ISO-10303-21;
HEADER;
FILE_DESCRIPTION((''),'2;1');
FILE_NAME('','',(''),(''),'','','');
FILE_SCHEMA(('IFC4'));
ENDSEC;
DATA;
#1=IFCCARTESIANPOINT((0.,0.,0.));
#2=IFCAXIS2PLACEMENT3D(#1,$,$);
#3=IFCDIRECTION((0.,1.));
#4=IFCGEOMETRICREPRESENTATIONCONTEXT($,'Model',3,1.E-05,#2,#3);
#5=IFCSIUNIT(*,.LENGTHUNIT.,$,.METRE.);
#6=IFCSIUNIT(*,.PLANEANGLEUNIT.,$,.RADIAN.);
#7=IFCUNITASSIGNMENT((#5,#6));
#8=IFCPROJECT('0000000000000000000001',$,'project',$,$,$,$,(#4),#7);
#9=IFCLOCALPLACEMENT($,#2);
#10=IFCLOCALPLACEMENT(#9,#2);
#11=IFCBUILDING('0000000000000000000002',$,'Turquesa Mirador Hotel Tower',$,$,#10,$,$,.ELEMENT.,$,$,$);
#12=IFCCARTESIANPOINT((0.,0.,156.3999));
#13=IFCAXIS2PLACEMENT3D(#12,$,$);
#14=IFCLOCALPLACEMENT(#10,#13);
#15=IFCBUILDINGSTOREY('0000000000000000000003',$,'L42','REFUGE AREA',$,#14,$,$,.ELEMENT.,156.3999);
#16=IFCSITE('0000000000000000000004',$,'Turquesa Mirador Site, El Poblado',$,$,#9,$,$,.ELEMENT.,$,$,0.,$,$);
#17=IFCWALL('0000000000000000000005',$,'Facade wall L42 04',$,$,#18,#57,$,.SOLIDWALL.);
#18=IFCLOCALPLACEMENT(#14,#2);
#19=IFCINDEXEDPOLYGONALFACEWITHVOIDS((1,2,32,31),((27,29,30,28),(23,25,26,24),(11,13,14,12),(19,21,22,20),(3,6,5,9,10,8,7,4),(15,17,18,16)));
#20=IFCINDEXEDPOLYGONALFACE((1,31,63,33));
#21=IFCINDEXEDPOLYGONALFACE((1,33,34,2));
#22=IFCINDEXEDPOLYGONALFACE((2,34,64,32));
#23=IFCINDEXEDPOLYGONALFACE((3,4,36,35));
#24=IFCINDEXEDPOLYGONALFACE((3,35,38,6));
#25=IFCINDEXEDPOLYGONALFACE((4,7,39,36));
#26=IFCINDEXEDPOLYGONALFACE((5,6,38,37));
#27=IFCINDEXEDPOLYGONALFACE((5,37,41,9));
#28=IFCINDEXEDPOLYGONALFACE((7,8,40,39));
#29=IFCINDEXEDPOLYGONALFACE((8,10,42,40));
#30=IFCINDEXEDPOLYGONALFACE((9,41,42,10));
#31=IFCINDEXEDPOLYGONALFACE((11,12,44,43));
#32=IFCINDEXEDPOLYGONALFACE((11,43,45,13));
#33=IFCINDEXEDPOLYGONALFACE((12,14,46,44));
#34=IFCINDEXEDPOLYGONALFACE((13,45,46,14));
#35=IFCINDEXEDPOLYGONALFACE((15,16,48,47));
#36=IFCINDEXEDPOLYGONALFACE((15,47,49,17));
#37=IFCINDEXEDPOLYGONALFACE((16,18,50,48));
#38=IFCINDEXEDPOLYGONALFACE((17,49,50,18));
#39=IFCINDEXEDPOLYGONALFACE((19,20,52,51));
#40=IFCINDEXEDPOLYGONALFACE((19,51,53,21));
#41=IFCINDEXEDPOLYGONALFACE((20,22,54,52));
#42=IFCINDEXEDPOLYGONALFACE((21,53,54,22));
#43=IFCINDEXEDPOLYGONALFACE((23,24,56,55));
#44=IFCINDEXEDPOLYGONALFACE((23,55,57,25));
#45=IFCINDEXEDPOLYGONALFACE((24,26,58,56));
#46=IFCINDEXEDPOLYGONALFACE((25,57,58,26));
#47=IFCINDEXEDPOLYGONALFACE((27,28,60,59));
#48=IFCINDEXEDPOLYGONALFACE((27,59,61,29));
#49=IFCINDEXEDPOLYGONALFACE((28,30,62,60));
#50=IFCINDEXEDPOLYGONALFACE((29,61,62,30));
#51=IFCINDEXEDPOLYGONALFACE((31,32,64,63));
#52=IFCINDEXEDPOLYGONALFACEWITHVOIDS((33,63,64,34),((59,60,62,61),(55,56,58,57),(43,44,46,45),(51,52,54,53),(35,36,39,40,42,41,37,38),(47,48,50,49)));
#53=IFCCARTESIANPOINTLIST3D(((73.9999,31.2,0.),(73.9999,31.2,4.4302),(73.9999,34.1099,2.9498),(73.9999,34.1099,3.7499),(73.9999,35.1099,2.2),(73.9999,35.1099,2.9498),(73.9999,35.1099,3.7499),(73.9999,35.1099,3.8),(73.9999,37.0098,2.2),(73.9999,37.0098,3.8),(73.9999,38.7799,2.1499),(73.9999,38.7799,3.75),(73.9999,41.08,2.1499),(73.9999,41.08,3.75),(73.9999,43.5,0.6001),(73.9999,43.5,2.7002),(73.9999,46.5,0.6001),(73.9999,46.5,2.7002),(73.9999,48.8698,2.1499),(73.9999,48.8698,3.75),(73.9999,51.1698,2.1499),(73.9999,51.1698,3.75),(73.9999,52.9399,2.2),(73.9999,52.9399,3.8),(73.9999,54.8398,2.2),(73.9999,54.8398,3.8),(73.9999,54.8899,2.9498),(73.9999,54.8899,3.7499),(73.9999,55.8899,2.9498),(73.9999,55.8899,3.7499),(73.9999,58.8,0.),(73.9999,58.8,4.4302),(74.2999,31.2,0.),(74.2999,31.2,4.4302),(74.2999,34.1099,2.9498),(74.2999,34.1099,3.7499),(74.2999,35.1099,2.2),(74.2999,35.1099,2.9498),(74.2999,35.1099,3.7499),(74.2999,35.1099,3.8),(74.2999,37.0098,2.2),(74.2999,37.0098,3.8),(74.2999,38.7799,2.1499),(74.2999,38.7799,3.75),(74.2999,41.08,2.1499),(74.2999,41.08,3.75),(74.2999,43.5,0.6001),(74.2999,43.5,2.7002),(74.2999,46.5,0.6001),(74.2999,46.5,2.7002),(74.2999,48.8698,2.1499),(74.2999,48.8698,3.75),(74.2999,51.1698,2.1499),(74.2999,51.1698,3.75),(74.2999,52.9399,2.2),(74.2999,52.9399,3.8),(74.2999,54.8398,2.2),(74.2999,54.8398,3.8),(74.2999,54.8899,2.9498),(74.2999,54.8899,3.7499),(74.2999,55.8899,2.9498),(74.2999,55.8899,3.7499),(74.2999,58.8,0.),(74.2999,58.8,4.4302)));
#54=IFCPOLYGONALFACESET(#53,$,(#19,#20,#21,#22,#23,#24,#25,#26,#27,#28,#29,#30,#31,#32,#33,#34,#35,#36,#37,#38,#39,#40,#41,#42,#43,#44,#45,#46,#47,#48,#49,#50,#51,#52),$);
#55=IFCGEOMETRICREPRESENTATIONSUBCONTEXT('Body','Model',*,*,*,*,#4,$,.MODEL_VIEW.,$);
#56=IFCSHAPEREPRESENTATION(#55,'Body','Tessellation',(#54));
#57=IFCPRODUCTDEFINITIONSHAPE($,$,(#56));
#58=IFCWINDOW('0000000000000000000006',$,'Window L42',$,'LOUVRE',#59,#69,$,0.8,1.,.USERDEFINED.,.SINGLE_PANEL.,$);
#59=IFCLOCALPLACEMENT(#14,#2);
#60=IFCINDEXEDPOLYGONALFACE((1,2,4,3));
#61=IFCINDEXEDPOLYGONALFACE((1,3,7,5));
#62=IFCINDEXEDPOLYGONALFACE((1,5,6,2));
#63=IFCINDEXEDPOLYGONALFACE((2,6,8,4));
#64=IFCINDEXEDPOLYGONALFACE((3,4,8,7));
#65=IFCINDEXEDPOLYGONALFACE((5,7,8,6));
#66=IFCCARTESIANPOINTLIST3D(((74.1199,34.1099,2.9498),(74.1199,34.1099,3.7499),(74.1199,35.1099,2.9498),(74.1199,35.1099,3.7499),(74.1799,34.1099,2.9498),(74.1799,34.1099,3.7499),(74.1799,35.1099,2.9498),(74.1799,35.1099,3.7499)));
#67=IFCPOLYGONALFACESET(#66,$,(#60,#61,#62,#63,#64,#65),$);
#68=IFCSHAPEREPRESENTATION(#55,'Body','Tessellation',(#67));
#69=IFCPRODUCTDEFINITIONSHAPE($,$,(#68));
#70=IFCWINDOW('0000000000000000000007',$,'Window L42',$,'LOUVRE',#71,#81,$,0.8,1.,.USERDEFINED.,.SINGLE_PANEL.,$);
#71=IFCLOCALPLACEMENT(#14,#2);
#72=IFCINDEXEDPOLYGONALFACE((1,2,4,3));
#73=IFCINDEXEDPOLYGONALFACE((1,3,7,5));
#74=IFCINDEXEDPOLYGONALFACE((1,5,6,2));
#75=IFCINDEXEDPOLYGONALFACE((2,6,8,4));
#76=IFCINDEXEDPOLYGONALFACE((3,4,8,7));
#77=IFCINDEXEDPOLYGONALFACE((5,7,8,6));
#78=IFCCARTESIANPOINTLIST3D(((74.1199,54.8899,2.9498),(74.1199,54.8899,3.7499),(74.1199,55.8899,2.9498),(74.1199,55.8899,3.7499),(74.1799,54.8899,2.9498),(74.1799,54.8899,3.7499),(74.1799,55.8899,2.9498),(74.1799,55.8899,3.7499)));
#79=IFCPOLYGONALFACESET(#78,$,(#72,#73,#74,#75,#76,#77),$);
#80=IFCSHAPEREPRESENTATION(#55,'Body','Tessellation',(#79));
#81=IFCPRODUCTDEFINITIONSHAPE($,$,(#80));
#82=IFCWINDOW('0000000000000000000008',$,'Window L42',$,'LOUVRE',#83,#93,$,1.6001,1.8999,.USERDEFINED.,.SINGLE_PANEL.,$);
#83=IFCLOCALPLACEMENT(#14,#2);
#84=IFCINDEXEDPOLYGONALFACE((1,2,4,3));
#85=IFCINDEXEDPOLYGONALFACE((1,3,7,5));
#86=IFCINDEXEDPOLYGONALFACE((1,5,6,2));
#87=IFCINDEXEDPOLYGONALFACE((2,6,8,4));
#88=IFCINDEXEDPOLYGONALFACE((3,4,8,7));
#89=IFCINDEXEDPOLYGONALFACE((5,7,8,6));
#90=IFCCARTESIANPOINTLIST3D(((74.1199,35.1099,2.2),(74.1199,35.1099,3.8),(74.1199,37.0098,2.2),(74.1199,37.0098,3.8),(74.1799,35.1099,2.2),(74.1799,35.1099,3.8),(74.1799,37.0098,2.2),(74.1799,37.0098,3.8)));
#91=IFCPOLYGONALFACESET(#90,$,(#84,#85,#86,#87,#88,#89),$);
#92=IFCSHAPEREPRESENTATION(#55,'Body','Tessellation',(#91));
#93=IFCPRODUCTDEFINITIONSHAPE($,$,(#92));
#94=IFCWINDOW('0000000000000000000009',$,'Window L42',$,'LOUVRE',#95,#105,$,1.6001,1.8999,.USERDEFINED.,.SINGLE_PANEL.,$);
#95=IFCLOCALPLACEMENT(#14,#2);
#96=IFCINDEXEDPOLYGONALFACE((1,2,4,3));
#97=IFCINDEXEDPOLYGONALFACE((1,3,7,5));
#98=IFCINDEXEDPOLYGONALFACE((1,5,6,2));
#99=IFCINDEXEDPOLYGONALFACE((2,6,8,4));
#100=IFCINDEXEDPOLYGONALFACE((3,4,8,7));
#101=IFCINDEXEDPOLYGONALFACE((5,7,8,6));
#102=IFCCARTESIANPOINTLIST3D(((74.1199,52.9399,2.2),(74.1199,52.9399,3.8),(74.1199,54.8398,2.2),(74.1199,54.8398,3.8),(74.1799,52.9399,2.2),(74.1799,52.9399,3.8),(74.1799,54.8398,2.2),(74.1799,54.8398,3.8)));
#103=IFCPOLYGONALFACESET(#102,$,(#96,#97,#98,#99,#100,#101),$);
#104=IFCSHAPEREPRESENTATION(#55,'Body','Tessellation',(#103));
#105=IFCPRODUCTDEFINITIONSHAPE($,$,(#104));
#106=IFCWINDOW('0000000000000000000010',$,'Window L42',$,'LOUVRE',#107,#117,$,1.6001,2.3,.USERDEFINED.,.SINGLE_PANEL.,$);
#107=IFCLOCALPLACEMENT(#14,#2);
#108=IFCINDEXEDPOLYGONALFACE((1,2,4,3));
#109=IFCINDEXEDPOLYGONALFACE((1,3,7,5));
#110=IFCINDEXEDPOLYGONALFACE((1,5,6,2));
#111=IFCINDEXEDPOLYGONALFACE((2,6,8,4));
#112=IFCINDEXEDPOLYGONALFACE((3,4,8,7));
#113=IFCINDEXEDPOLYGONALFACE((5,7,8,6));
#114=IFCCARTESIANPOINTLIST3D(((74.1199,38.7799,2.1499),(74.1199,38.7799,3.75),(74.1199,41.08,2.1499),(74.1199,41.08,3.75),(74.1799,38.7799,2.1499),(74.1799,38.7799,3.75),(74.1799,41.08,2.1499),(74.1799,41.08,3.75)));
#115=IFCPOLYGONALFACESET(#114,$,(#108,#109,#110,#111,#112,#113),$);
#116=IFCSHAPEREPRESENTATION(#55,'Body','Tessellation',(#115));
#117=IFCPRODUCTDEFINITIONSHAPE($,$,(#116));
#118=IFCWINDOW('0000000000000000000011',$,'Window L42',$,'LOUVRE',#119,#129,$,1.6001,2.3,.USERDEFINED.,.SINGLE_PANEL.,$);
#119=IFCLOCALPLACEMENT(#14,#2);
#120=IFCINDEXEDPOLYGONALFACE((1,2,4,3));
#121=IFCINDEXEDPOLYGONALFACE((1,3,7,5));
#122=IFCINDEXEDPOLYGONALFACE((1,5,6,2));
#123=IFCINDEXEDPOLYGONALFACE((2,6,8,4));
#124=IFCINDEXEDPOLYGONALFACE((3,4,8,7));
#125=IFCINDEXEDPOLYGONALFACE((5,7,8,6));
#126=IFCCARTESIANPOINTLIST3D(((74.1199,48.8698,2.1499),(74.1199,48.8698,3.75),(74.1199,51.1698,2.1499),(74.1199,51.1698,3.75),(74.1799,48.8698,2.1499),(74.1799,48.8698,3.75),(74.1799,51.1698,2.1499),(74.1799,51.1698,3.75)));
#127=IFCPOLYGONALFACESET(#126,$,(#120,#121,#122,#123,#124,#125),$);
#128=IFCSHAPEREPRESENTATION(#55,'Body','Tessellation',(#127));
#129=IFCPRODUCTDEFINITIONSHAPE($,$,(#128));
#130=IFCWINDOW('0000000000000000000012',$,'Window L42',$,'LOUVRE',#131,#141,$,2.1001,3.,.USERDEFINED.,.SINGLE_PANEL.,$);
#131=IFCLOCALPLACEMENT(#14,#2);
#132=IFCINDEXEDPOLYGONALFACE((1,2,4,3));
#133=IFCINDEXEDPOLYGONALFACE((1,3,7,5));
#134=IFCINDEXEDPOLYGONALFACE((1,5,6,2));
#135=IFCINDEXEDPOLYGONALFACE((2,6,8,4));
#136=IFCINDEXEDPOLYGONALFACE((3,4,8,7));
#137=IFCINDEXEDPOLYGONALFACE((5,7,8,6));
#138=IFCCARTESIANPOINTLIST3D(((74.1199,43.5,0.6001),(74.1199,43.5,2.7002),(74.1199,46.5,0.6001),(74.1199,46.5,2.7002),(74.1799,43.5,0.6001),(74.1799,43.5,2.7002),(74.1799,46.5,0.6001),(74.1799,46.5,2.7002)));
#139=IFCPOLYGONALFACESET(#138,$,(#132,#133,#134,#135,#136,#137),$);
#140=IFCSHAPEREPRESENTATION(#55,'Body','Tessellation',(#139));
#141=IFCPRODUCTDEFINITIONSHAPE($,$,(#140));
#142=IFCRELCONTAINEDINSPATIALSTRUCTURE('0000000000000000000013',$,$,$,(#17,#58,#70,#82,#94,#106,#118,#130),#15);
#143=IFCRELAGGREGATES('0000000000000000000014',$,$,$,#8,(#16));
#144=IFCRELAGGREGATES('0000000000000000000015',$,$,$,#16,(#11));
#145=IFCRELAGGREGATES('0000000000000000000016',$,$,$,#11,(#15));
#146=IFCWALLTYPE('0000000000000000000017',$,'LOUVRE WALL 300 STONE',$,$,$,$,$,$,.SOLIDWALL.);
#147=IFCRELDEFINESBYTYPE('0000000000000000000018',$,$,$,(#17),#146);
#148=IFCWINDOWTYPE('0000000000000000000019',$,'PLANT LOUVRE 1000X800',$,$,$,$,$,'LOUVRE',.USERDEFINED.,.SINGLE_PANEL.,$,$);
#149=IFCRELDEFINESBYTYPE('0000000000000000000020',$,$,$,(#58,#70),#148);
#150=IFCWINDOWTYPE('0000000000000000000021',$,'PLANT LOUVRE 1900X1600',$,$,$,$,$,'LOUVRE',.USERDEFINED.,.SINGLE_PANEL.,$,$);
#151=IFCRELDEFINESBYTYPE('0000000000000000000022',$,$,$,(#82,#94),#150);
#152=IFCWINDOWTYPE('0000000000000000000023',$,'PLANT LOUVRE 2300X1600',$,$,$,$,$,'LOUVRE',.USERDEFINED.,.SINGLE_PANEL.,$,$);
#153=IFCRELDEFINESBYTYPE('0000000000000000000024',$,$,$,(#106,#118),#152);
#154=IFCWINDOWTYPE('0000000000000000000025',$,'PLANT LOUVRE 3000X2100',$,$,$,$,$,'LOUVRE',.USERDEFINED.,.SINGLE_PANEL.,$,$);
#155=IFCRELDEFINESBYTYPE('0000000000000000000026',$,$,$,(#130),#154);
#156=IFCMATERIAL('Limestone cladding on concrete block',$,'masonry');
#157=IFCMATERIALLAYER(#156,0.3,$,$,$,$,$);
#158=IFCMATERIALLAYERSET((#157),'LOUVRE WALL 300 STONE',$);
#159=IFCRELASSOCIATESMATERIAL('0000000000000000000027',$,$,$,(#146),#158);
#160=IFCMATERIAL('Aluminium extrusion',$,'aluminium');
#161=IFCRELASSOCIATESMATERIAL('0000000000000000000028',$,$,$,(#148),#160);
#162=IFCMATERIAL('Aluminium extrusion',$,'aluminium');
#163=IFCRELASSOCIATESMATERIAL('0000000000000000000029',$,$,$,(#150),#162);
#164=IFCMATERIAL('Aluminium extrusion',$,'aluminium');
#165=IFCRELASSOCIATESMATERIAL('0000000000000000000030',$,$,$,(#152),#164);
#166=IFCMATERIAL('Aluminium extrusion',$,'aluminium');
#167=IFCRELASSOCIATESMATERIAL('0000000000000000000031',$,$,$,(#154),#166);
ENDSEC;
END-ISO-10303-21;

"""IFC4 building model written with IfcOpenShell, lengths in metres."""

from ifc_helpers import new_model, si_unit, direction, frame, frame_2d, origin, place, context, subcontext, project, spatial, rectangle, extrude, material, layer, layer_set, type_object, element, fill, save


model = new_model("IFC4")

# Units and contexts
model_context = context("Model", 3, precision=1e-05, world=origin(), true_north=direction((0.0, 1.0)))
body_context = subcontext(model_context, "Body", "Model", "MODEL_VIEW")
ifc_project = project(units=[si_unit("LENGTHUNIT", "METRE"), si_unit("PLANEANGLEUNIT", "RADIAN")], contexts=[model_context])

# Site, building, storey
site_placement = place(None, origin())
site = spatial("IfcSite", under=ifc_project, at=site_placement, Name="Turquesa Mirador Site, El Poblado", CompositionType="ELEMENT", RefElevation=0.0)
building_placement = place(site_placement, origin())
building = spatial("IfcBuilding", under=site, at=building_placement, Name="Turquesa Mirador Hotel Tower", CompositionType="ELEMENT")
storey_placement = place(building_placement, frame((0.0, 0.0, 156.3999)))
storey = spatial("IfcBuildingStorey", under=building, at=storey_placement, Name="L42", Description="REFUGE AREA", CompositionType="ELEMENT", Elevation=156.3999)

# Wall, openings, windows
ifc_material_1 = material(Name="Limestone cladding on concrete block", Category="masonry")
ifc_layer = layer(ifc_material_1, 0.3)
ifc_layer_set = layer_set([ifc_layer], Name="LOUVRE WALL 300 STONE")
wall_type = type_object("IfcWallType", Name="LOUVRE WALL 300 STONE", PredefinedType="SOLIDWALL", material=ifc_layer_set)
wall_placement = place(storey_placement, frame((74.1499, 31.2, 0.0), z_axis=(0.0, 0.0, 1.0), x_axis=(0.0, 1.0, 0.0)))
wall = element("IfcWall", 1, at=wall_placement, inside=storey, type_object=wall_type, Name="Facade wall L42 04", PredefinedType="SOLIDWALL", context=body_context, shape_type="SweptSolid", body=[
    extrude(rectangle(XDim=27.6001, YDim=0.3, at=frame_2d((13.8, 0.0))), origin(), (0.0, 0.0, 1.0), 4.4302),
])
opening_1_placement = place(wall_placement, frame((3.9099, 0.0, 2.2)))
opening_1 = element("IfcOpeningElement", 2, at=opening_1_placement, cuts=wall, PredefinedType="OPENING", context=body_context, shape_type="SweptSolid", body=[
    extrude(rectangle(XDim=1.8999, YDim=1.6001, at=frame_2d((0.95, 0.8))), frame((0.0, 0.1599, 0.0), z_axis=(0.0, -1.0, 0.0), x_axis=(1.0, 0.0, 0.0)), (0.0, 0.0, 1.0), 0.3201),
])
opening_2_placement = place(wall_placement, frame((7.5801, 0.0, 2.1499)))
opening_2 = element("IfcOpeningElement", 3, at=opening_2_placement, cuts=wall, PredefinedType="OPENING", context=body_context, shape_type="SweptSolid", body=[
    extrude(rectangle(XDim=2.3, YDim=1.6001, at=frame_2d((1.1499, 0.8))), frame((0.0, 0.1599, 0.0), z_axis=(0.0, -1.0, 0.0), x_axis=(1.0, 0.0, 0.0)), (0.0, 0.0, 1.0), 0.3201),
])
opening_3_placement = place(wall_placement, frame((12.3, 0.0, 0.6001)))
opening_3 = element("IfcOpeningElement", 4, at=opening_3_placement, cuts=wall, PredefinedType="OPENING", context=body_context, shape_type="SweptSolid", body=[
    extrude(rectangle(XDim=3.0, YDim=2.1001, at=frame_2d((1.5, 1.05))), frame((0.0, 0.1599, 0.0), z_axis=(0.0, -1.0, 0.0), x_axis=(1.0, 0.0, 0.0)), (0.0, 0.0, 1.0), 0.3201),
])
opening_4_placement = place(wall_placement, frame((17.6699, 0.0, 2.1499)))
opening_4 = element("IfcOpeningElement", 5, at=opening_4_placement, cuts=wall, PredefinedType="OPENING", context=body_context, shape_type="SweptSolid", body=[
    extrude(rectangle(XDim=2.3, YDim=1.6001, at=frame_2d((1.1499, 0.8))), frame((0.0, 0.1599, 0.0), z_axis=(0.0, -1.0, 0.0), x_axis=(1.0, 0.0, 0.0)), (0.0, 0.0, 1.0), 0.3201),
])
opening_5_placement = place(wall_placement, frame((21.74, 0.0, 2.2)))
opening_5 = element("IfcOpeningElement", 6, at=opening_5_placement, cuts=wall, PredefinedType="OPENING", context=body_context, shape_type="SweptSolid", body=[
    extrude(rectangle(XDim=1.8999, YDim=1.6001, at=frame_2d((0.95, 0.8))), frame((0.0, 0.1599, 0.0), z_axis=(0.0, -1.0, 0.0), x_axis=(1.0, 0.0, 0.0)), (0.0, 0.0, 1.0), 0.3201),
])
opening_6_placement = place(wall_placement, frame((2.9099, 0.0, 2.95)))
opening_6 = element("IfcOpeningElement", 7, at=opening_6_placement, cuts=wall, PredefinedType="OPENING", context=body_context, shape_type="SweptSolid", body=[
    extrude(rectangle(XDim=1.0, YDim=0.8, at=frame_2d((0.5, 0.3999))), frame((0.0, 0.1599, 0.0), z_axis=(0.0, -1.0, 0.0), x_axis=(1.0, 0.0, 0.0)), (0.0, 0.0, 1.0), 0.3201),
])
opening_7_placement = place(wall_placement, frame((23.6899, 0.0, 2.95)))
opening_7 = element("IfcOpeningElement", 8, at=opening_7_placement, cuts=wall, PredefinedType="OPENING", context=body_context, shape_type="SweptSolid", body=[
    extrude(rectangle(XDim=1.0, YDim=0.8, at=frame_2d((0.5, 0.3999))), frame((0.0, 0.1599, 0.0), z_axis=(0.0, -1.0, 0.0), x_axis=(1.0, 0.0, 0.0)), (0.0, 0.0, 1.0), 0.3201),
])
ifc_material_2 = material(Name="Aluminium extrusion", Category="aluminium")
window_type_1 = type_object("IfcWindowType", Name="PLANT LOUVRE 1000X800", ElementType="LOUVRE", PartitioningType="SINGLE_PANEL", PredefinedType="USERDEFINED", material=ifc_material_2)
window_1_placement = place(opening_6_placement, origin())
window_1 = element("IfcWindow", 9, at=window_1_placement, inside=storey, type_object=window_type_1, Name="Window L42", ObjectType="LOUVRE", OverallHeight=0.8, OverallWidth=1.0, PartitioningType="SINGLE_PANEL", PredefinedType="USERDEFINED", context=body_context, shape_type="SweptSolid", body=[
    extrude(rectangle(XDim=1.0, YDim=0.8, at=frame_2d((0.5, 0.3999))), frame((0.0, 0.03, 0.0), z_axis=(0.0, -1.0, 0.0), x_axis=(1.0, 0.0, 0.0)), (0.0, 0.0, 1.0), 0.0601),
])
fill(opening_6, window_1)
window_2_placement = place(opening_7_placement, origin())
window_2 = element("IfcWindow", 10, at=window_2_placement, inside=storey, type_object=window_type_1, Name="Window L42", ObjectType="LOUVRE", OverallHeight=0.8, OverallWidth=1.0, PartitioningType="SINGLE_PANEL", PredefinedType="USERDEFINED", context=body_context, shape_type="SweptSolid", body=[
    extrude(rectangle(XDim=1.0, YDim=0.8, at=frame_2d((0.5, 0.3999))), frame((0.0, 0.03, 0.0), z_axis=(0.0, -1.0, 0.0), x_axis=(1.0, 0.0, 0.0)), (0.0, 0.0, 1.0), 0.0601),
])
fill(opening_7, window_2)
ifc_material_3 = material(Name="Aluminium extrusion", Category="aluminium")
window_type_2 = type_object("IfcWindowType", Name="PLANT LOUVRE 1900X1600", ElementType="LOUVRE", PartitioningType="SINGLE_PANEL", PredefinedType="USERDEFINED", material=ifc_material_3)
window_3_placement = place(opening_1_placement, origin())
window_3 = element("IfcWindow", 11, at=window_3_placement, inside=storey, type_object=window_type_2, Name="Window L42", ObjectType="LOUVRE", OverallHeight=1.6001, OverallWidth=1.8999, PartitioningType="SINGLE_PANEL", PredefinedType="USERDEFINED", context=body_context, shape_type="SweptSolid", body=[
    extrude(rectangle(XDim=1.8999, YDim=1.6001, at=frame_2d((0.95, 0.8))), frame((0.0, 0.03, 0.0), z_axis=(0.0, -1.0, 0.0), x_axis=(1.0, 0.0, 0.0)), (0.0, 0.0, 1.0), 0.0601),
])
fill(opening_1, window_3)
window_4_placement = place(opening_5_placement, origin())
window_4 = element("IfcWindow", 12, at=window_4_placement, inside=storey, type_object=window_type_2, Name="Window L42", ObjectType="LOUVRE", OverallHeight=1.6001, OverallWidth=1.8999, PartitioningType="SINGLE_PANEL", PredefinedType="USERDEFINED", context=body_context, shape_type="SweptSolid", body=[
    extrude(rectangle(XDim=1.8999, YDim=1.6001, at=frame_2d((0.95, 0.8))), frame((0.0, 0.03, 0.0), z_axis=(0.0, -1.0, 0.0), x_axis=(1.0, 0.0, 0.0)), (0.0, 0.0, 1.0), 0.0601),
])
fill(opening_5, window_4)
ifc_material_4 = material(Name="Aluminium extrusion", Category="aluminium")
window_type_3 = type_object("IfcWindowType", Name="PLANT LOUVRE 2300X1600", ElementType="LOUVRE", PartitioningType="SINGLE_PANEL", PredefinedType="USERDEFINED", material=ifc_material_4)
window_5_placement = place(opening_2_placement, origin())
window_5 = element("IfcWindow", 13, at=window_5_placement, inside=storey, type_object=window_type_3, Name="Window L42", ObjectType="LOUVRE", OverallHeight=1.6001, OverallWidth=2.3, PartitioningType="SINGLE_PANEL", PredefinedType="USERDEFINED", context=body_context, shape_type="SweptSolid", body=[
    extrude(rectangle(XDim=2.3, YDim=1.6001, at=frame_2d((1.1499, 0.8))), frame((0.0, 0.03, 0.0), z_axis=(0.0, -1.0, 0.0), x_axis=(1.0, 0.0, 0.0)), (0.0, 0.0, 1.0), 0.0601),
])
fill(opening_2, window_5)
window_6_placement = place(opening_4_placement, origin())
window_6 = element("IfcWindow", 14, at=window_6_placement, inside=storey, type_object=window_type_3, Name="Window L42", ObjectType="LOUVRE", OverallHeight=1.6001, OverallWidth=2.3, PartitioningType="SINGLE_PANEL", PredefinedType="USERDEFINED", context=body_context, shape_type="SweptSolid", body=[
    extrude(rectangle(XDim=2.3, YDim=1.6001, at=frame_2d((1.1499, 0.8))), frame((0.0, 0.03, 0.0), z_axis=(0.0, -1.0, 0.0), x_axis=(1.0, 0.0, 0.0)), (0.0, 0.0, 1.0), 0.0601),
])
fill(opening_4, window_6)
ifc_material_5 = material(Name="Aluminium extrusion", Category="aluminium")
window_type_4 = type_object("IfcWindowType", Name="PLANT LOUVRE 3000X2100", ElementType="LOUVRE", PartitioningType="SINGLE_PANEL", PredefinedType="USERDEFINED", material=ifc_material_5)
window_7_placement = place(opening_3_placement, origin())
window_7 = element("IfcWindow", 15, at=window_7_placement, inside=storey, type_object=window_type_4, Name="Window L42", ObjectType="LOUVRE", OverallHeight=2.1001, OverallWidth=3.0, PartitioningType="SINGLE_PANEL", PredefinedType="USERDEFINED", context=body_context, shape_type="SweptSolid", body=[
    extrude(rectangle(XDim=3.0, YDim=2.1001, at=frame_2d((1.5, 1.05))), frame((0.0, 0.03, 0.0), z_axis=(0.0, -1.0, 0.0), x_axis=(1.0, 0.0, 0.0)), (0.0, 0.0, 1.0), 0.0601),
])
fill(opening_3, window_7)

save(model, "model.ifc")
